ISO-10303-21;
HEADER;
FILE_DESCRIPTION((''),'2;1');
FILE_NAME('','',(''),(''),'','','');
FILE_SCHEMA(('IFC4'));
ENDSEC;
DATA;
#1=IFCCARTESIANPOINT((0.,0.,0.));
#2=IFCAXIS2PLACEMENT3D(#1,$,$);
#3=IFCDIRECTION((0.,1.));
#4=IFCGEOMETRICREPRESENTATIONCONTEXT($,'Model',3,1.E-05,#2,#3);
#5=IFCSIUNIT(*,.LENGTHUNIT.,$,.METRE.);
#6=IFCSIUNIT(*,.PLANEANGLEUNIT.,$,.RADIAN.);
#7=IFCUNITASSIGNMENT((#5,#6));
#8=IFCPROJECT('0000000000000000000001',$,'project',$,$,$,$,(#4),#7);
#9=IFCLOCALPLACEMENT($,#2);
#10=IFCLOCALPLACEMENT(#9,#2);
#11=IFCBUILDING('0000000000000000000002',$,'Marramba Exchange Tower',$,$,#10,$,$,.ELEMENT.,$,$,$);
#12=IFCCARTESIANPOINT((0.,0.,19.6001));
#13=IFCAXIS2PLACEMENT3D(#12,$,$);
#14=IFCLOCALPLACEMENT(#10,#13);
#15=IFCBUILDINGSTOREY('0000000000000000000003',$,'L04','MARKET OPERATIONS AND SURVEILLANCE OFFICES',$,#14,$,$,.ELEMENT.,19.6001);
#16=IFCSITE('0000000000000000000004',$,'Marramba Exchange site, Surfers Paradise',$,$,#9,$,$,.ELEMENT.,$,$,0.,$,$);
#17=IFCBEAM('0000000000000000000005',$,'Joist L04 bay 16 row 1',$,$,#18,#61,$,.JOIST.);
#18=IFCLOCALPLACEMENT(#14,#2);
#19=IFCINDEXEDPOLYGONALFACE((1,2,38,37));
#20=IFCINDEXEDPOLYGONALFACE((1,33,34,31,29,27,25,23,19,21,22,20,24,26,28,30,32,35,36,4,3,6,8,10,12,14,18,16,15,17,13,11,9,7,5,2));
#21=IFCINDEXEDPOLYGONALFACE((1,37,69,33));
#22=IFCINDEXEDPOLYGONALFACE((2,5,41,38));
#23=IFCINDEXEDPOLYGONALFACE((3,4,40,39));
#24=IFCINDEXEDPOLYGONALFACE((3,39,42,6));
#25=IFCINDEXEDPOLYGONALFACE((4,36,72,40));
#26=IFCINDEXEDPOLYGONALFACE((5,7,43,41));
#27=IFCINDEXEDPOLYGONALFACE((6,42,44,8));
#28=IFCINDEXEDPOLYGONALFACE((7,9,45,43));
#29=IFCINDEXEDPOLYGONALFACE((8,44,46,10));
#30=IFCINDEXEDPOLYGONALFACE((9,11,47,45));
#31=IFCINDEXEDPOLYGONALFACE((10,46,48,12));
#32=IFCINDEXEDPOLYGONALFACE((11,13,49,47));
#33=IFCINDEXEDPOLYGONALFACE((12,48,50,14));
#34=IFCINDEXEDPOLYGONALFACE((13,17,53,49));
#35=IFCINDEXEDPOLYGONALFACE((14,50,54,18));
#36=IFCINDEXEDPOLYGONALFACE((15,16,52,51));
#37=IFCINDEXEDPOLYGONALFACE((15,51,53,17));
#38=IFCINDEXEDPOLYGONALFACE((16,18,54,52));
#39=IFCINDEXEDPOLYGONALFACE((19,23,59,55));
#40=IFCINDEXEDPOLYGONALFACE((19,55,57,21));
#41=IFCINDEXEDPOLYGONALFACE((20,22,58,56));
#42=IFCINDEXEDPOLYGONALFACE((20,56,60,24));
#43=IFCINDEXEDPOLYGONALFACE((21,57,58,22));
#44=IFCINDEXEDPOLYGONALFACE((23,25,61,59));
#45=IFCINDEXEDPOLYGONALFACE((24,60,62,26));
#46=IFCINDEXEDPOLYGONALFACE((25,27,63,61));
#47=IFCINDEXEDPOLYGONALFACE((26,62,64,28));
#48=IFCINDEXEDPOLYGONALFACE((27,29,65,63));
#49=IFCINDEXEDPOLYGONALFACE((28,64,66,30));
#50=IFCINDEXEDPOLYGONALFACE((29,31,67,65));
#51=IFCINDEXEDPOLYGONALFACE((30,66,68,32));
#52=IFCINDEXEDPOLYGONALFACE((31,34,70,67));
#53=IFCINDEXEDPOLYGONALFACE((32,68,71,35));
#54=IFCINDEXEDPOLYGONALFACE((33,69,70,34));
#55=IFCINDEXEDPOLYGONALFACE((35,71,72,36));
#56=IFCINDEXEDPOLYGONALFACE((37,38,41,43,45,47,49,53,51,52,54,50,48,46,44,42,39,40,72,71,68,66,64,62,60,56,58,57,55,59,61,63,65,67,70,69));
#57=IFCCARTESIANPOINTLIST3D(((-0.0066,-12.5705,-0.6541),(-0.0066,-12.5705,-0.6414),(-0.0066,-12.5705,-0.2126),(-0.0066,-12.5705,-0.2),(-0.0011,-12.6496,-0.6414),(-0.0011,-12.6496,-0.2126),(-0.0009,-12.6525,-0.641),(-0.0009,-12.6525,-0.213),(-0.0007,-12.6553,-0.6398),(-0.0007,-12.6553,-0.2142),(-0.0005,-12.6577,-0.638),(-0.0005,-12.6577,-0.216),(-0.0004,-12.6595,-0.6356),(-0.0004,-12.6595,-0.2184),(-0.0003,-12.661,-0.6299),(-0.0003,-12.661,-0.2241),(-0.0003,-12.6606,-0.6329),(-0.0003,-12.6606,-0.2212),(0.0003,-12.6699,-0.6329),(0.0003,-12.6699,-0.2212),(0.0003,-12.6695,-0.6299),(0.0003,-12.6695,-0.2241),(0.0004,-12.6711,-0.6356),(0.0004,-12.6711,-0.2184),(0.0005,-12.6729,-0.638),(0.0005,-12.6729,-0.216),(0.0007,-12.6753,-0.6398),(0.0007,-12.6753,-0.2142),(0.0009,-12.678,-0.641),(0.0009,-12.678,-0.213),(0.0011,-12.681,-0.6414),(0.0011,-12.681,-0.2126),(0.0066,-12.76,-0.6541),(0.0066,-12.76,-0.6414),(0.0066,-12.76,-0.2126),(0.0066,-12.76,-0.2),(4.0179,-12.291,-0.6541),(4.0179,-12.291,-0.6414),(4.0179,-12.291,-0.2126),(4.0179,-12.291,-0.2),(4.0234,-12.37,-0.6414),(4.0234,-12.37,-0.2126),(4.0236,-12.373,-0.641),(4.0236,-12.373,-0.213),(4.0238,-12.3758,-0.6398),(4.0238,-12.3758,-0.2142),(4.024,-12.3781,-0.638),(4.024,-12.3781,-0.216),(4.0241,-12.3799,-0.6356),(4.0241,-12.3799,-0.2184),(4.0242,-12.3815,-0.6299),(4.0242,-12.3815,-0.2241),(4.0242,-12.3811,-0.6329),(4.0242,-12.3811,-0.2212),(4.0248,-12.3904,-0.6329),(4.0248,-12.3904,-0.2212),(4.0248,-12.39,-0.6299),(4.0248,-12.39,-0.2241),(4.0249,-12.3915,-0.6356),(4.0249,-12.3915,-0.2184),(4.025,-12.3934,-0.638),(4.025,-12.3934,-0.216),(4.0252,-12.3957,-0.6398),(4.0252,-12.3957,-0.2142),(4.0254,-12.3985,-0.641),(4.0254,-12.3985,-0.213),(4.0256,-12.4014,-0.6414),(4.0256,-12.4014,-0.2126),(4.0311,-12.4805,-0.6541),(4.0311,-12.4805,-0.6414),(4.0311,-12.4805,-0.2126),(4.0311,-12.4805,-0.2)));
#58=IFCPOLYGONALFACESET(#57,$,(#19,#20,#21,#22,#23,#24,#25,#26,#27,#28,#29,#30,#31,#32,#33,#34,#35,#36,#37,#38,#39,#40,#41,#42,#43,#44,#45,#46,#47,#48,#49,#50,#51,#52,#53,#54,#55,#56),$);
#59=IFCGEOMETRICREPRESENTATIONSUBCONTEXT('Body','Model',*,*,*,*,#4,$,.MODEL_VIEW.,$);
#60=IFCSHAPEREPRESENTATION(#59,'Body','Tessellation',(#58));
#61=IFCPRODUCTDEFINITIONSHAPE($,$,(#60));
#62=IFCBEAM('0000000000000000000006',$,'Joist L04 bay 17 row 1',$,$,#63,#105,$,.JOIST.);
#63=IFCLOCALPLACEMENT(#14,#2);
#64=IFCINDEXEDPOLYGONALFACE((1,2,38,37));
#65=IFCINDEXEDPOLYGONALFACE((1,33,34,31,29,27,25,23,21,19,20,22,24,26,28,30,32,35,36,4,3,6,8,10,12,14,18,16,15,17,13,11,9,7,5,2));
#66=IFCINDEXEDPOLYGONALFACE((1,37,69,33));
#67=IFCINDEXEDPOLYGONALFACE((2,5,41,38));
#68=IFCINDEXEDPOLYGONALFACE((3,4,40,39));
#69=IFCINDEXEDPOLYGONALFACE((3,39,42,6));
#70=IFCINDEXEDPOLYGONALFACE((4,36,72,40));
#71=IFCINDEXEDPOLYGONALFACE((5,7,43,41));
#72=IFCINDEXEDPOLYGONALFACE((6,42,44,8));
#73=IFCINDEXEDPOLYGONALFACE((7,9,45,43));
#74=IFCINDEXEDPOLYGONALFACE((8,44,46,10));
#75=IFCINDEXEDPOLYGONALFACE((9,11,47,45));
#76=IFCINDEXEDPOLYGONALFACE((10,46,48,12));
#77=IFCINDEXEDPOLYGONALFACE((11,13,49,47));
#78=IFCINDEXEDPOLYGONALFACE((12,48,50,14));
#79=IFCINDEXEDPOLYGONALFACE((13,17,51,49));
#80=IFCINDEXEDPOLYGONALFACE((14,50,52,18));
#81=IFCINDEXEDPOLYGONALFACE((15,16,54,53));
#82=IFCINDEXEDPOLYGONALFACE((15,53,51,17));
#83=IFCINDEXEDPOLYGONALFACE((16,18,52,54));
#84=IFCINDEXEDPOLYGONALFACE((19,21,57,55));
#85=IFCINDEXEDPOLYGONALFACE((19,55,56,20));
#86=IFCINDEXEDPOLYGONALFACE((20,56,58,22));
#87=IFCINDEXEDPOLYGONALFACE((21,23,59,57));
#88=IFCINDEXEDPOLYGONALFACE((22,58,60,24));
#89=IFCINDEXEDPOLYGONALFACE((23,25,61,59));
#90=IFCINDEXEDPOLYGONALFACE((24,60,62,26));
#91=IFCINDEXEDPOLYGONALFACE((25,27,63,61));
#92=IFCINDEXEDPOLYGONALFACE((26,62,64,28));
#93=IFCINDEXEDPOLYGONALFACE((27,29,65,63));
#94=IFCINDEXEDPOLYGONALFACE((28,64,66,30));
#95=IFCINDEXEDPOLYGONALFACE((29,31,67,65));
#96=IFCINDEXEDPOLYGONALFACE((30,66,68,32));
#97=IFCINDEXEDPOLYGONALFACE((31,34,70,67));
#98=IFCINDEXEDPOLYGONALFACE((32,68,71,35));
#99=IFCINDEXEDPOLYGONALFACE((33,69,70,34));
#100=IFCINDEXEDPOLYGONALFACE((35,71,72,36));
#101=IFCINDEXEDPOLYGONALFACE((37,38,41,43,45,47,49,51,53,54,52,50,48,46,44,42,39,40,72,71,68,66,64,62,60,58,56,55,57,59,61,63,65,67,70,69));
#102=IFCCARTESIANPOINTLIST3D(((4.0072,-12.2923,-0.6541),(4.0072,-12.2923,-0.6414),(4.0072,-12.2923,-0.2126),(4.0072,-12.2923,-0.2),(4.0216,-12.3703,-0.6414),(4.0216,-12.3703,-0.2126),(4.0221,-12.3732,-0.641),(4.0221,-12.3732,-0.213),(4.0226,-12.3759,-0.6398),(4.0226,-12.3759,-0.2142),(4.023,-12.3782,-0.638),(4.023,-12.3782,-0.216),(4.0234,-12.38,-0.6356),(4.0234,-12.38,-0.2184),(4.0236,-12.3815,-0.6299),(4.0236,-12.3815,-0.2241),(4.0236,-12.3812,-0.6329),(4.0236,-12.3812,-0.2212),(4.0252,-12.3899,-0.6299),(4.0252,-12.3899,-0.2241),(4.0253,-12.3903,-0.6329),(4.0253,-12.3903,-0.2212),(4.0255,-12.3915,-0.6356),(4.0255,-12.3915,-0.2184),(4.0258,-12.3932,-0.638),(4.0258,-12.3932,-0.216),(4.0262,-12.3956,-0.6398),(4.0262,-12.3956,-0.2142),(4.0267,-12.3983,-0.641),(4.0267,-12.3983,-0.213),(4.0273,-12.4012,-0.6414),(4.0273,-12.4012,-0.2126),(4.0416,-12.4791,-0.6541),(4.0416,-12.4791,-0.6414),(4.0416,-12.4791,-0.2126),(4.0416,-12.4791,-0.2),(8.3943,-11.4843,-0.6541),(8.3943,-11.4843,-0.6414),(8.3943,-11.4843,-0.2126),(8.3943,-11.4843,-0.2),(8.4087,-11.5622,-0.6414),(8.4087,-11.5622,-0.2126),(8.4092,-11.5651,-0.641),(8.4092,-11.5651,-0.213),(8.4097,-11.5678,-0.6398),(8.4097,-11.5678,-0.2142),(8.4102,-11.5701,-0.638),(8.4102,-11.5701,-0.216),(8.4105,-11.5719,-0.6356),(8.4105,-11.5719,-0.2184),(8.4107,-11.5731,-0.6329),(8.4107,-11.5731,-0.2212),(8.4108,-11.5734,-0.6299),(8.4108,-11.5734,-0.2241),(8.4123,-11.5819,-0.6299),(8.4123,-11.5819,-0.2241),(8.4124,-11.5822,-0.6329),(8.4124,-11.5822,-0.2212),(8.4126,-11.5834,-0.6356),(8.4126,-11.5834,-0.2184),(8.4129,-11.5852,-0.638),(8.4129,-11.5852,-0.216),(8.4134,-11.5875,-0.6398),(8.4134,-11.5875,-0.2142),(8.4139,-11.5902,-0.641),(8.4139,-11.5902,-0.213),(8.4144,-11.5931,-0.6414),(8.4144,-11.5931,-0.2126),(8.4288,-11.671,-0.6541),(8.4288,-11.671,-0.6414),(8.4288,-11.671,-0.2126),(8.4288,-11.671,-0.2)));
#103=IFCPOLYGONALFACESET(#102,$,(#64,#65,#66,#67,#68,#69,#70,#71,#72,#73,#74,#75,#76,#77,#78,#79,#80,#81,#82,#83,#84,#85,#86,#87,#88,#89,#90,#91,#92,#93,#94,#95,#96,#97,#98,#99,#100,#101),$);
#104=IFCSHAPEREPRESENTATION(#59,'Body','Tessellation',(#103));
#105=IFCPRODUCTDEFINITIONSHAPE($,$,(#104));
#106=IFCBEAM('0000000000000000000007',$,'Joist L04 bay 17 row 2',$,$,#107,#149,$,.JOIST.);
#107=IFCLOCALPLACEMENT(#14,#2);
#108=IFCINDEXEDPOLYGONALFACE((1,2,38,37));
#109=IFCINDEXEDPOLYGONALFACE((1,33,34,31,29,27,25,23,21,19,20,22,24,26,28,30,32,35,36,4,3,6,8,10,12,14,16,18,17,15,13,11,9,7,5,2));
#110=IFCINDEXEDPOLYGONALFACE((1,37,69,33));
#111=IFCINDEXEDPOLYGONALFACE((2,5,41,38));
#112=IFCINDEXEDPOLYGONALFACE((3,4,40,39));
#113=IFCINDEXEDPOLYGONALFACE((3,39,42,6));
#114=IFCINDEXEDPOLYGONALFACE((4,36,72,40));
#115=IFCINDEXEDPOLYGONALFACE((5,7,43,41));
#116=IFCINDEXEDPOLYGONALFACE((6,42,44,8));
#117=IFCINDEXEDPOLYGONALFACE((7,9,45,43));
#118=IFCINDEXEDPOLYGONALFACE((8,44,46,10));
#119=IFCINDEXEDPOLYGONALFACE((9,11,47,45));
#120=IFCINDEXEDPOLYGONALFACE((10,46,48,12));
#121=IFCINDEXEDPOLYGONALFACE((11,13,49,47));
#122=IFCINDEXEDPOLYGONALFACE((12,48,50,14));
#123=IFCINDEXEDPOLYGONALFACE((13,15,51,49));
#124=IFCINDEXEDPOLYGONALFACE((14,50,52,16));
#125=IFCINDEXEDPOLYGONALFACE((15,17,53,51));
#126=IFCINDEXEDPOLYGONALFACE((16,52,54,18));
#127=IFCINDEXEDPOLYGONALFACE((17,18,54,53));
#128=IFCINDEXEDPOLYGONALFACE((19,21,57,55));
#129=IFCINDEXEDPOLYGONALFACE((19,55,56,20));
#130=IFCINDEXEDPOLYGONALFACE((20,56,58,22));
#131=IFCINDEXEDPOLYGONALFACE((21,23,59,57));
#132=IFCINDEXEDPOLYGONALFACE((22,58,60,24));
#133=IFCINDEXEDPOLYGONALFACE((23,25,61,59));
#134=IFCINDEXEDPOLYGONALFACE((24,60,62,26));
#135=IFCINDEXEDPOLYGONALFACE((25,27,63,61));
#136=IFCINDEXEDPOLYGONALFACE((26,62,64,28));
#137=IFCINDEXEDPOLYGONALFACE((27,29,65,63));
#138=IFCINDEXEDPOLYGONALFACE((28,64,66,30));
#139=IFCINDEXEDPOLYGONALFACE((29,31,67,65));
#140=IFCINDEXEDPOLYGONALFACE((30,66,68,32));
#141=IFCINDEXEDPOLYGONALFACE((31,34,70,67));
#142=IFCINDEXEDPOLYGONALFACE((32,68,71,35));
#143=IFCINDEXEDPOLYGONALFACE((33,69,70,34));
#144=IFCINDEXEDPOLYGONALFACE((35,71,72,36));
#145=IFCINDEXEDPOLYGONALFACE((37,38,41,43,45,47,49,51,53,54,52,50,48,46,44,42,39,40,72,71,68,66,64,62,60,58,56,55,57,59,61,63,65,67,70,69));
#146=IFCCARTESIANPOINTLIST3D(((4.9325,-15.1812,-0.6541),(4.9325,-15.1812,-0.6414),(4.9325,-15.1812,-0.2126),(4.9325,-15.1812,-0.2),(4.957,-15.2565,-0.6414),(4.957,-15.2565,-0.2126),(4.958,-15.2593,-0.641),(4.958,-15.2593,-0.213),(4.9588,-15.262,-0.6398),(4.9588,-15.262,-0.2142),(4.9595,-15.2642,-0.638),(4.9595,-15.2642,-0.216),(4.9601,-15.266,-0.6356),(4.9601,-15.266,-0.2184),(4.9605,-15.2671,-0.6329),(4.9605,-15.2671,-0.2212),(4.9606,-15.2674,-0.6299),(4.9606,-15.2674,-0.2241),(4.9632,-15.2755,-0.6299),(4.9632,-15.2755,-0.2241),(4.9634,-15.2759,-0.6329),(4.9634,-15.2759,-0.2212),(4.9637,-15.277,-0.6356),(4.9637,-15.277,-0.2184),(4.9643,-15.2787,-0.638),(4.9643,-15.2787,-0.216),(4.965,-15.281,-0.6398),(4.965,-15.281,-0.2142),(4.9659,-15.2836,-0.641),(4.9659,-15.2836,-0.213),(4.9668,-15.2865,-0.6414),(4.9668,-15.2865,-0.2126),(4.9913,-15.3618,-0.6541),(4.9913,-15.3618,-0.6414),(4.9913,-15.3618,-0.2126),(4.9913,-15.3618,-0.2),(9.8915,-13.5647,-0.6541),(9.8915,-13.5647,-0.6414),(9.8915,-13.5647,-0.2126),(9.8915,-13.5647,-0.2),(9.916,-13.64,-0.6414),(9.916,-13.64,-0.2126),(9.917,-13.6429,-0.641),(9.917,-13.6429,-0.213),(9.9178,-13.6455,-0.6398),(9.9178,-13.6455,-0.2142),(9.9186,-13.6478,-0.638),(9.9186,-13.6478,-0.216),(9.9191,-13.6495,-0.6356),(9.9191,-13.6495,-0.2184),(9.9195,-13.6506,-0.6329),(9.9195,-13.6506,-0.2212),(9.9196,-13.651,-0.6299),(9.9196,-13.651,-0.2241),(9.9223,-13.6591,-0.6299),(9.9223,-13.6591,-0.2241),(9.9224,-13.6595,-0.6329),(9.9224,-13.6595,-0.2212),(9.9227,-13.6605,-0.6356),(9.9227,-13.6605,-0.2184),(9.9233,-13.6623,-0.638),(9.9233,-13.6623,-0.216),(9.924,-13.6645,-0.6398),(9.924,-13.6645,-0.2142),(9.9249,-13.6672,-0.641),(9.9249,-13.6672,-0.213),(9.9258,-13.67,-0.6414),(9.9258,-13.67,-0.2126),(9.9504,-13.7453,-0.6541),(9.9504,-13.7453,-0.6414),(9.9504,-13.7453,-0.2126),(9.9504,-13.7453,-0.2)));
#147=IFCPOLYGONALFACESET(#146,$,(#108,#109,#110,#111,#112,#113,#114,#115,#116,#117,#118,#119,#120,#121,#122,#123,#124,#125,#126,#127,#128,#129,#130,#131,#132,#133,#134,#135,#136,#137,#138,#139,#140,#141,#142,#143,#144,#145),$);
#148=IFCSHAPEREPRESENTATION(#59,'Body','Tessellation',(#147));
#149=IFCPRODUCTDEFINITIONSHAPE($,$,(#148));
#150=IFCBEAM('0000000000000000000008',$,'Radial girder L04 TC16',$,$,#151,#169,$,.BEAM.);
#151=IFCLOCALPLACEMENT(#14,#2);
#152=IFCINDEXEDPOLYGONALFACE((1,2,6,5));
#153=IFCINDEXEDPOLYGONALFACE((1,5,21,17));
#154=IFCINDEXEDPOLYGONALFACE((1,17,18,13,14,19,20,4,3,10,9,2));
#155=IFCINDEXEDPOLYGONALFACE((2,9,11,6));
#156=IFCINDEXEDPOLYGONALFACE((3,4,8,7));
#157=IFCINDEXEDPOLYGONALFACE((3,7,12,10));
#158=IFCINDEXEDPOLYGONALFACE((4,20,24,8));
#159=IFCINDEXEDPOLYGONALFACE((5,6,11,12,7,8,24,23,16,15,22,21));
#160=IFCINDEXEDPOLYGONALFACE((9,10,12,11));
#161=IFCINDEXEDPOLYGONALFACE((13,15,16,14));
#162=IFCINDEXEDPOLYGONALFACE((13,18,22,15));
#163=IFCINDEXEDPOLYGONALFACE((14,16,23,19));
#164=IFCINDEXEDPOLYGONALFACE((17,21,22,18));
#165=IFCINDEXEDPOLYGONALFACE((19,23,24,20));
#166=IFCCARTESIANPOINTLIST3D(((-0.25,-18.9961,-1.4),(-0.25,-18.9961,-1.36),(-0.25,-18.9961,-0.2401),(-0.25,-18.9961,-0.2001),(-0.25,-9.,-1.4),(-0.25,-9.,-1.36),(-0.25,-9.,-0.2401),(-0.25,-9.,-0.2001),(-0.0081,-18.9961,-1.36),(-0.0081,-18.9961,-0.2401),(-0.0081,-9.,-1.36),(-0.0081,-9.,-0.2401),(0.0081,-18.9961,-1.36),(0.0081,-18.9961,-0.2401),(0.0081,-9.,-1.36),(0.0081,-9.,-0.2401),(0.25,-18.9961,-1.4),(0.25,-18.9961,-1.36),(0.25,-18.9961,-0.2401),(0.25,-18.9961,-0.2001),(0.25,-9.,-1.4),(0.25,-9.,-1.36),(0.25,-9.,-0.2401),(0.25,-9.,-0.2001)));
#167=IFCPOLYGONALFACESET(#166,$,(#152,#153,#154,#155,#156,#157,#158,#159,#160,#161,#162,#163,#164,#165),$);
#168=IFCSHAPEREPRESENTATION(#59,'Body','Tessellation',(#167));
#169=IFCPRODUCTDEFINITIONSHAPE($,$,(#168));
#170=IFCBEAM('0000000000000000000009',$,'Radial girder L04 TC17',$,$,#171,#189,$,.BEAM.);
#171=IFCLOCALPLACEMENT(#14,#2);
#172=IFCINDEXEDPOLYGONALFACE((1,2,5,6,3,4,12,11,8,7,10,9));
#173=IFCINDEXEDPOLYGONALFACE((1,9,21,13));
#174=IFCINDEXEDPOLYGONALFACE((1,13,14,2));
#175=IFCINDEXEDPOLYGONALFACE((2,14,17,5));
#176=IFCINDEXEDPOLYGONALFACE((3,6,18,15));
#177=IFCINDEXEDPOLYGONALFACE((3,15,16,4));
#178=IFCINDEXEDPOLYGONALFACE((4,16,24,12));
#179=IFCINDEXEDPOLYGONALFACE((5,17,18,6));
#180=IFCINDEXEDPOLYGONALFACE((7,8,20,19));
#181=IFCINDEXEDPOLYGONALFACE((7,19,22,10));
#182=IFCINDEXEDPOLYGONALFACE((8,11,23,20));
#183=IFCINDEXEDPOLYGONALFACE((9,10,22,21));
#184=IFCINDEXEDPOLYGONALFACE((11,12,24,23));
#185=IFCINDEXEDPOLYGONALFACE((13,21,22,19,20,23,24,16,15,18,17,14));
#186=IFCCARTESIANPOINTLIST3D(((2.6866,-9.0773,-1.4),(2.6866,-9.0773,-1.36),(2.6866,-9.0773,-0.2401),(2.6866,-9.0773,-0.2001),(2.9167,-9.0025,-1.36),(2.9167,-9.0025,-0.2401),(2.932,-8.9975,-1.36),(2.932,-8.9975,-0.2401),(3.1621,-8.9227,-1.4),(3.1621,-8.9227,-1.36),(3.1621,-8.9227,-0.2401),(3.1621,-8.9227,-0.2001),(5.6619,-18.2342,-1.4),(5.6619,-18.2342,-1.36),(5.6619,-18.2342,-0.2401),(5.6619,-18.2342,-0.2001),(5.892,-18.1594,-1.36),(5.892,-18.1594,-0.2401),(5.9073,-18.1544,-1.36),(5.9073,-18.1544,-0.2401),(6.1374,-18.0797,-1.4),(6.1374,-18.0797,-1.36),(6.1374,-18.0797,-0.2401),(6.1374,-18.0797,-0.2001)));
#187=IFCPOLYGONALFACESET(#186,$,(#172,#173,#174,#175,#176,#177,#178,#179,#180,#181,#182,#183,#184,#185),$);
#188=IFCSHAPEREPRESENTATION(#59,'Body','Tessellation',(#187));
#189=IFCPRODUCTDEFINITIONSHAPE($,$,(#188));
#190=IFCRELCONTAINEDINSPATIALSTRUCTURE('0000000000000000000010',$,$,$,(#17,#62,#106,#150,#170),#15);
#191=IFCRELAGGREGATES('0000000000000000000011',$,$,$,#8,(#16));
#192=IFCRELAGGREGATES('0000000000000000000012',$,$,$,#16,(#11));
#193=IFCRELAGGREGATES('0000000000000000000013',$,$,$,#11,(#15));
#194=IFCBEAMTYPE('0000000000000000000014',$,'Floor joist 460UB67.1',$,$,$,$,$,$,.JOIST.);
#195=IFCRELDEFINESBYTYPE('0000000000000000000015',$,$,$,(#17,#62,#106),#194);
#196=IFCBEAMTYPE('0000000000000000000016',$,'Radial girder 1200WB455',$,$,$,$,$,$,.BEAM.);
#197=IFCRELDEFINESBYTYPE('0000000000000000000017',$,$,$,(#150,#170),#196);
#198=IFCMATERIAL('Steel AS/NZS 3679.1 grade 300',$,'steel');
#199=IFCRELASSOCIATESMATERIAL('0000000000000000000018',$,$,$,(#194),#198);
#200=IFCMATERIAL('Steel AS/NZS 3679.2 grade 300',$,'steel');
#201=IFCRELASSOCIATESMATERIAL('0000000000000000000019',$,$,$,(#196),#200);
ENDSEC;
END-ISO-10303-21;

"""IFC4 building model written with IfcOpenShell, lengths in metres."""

from ifc_helpers import new_model, si_unit, direction, frame, origin, origin_2d, place, context, subcontext, project, spatial, i_section, extrude, material, material_profile, profile_set, type_object, element, save


model = new_model("IFC4")

# Units and contexts
model_context = context("Model", 3, precision=1e-05, world=origin(), true_north=direction((0.0, 1.0)))
body_context = subcontext(model_context, "Body", "Model", "MODEL_VIEW")
ifc_project = project(units=[si_unit("LENGTHUNIT", "METRE"), si_unit("PLANEANGLEUNIT", "RADIAN")], contexts=[model_context])

# Site, building, storey
site_placement = place(None, origin())
site = spatial("IfcSite", under=ifc_project, at=site_placement, Name="Marramba Exchange site, Surfers Paradise", CompositionType="ELEMENT", RefElevation=0.0)
building_placement = place(site_placement, origin())
building = spatial("IfcBuilding", under=site, at=building_placement, Name="Marramba Exchange Tower", CompositionType="ELEMENT")
storey_placement = place(building_placement, frame((0.0, 0.0, 19.6001)))
storey = spatial("IfcBuildingStorey", under=building, at=storey_placement, Name="L04", Description="MARKET OPERATIONS AND SURVEILLANCE OFFICES", CompositionType="ELEMENT", Elevation=19.6001)

# Beams
ifc_material_1 = material(Name="Steel AS/NZS 3679.1 grade 300", Category="steel")
ifc_material_profile_1 = material_profile(ifc_material_1, i_section(OverallWidth=0.1899, OverallDepth=0.4541, WebThickness=0.0085, FlangeThickness=0.0127, FilletRadius=0.0115, at=origin_2d()), Name="460UB67.1")
ifc_profile_set_1 = profile_set([ifc_material_profile_1], Name="Steel AS/NZS 3679.1 grade 300")
beam_type_1 = type_object("IfcBeamType", Name="Floor joist 460UB67.1", PredefinedType="JOIST", material=ifc_profile_set_1)
beam_1_placement = place(storey_placement, frame((0.0, -12.6653, -0.427), z_axis=(0.997596, 0.069294, 0.0), x_axis=(-0.069294, 0.997596, 0.0)))
element("IfcBeam", 1, at=beam_1_placement, inside=storey, type_object=beam_type_1, Name="Joist L04 bay 16 row 1", PredefinedType="JOIST", context=body_context, shape_type="SweptSolid", body=[
    extrude(i_section(OverallWidth=0.1899, OverallDepth=0.4541, WebThickness=0.0085, FlangeThickness=0.0127, FilletRadius=0.0115, at=origin_2d()), origin(), (0.0, 0.0, 1.0), 4.0342),
])
beam_2_placement = place(storey_placement, frame((4.0244, -12.3857, -0.427), z_axis=(0.983456, 0.181149, 0.0), x_axis=(-0.181149, 0.983456, 0.0)))
element("IfcBeam", 2, at=beam_2_placement, inside=storey, type_object=beam_type_1, Name="Joist L04 bay 17 row 1", PredefinedType="JOIST", context=body_context, shape_type="SweptSolid", body=[
    extrude(i_section(OverallWidth=0.1899, OverallDepth=0.4541, WebThickness=0.0085, FlangeThickness=0.0127, FilletRadius=0.0115, at=origin_2d()), origin(), (0.0, 0.0, 1.0), 4.4609),
])
beam_3_placement = place(storey_placement, frame((4.9619, -15.2715, -0.427), z_axis=(0.950764, 0.309916, 0.0), x_axis=(-0.309916, 0.950764, 0.0)))
element("IfcBeam", 3, at=beam_3_placement, inside=storey, type_object=beam_type_1, Name="Joist L04 bay 17 row 2", PredefinedType="JOIST", context=body_context, shape_type="SweptSolid", body=[
    extrude(i_section(OverallWidth=0.1899, OverallDepth=0.4541, WebThickness=0.0085, FlangeThickness=0.0127, FilletRadius=0.0115, at=origin_2d()), origin(), (0.0, 0.0, 1.0), 5.2158),
])
ifc_material_2 = material(Name="Steel AS/NZS 3679.2 grade 300", Category="steel")
ifc_material_profile_2 = material_profile(ifc_material_2, i_section(OverallWidth=0.5, OverallDepth=1.2, WebThickness=0.0161, FlangeThickness=0.04, at=origin_2d()), Name="1200WB455")
ifc_profile_set_2 = profile_set([ifc_material_profile_2], Name="Steel AS/NZS 3679.2 grade 300")
beam_type_2 = type_object("IfcBeamType", Name="Radial girder 1200WB455", PredefinedType="BEAM", material=ifc_profile_set_2)
beam_4_placement = place(storey_placement, frame((0.0, -9.0, -0.8), z_axis=(0.0, -1.0, 0.0), x_axis=(1.0, 0.0, 0.0)))
element("IfcBeam", 4, at=beam_4_placement, inside=storey, type_object=beam_type_2, Name="Radial girder L04 TC16", PredefinedType="BEAM", context=body_context, shape_type="SweptSolid", body=[
    extrude(i_section(OverallWidth=0.5, OverallDepth=1.2, WebThickness=0.0161, FlangeThickness=0.04, at=origin_2d()), origin(), (0.0, 0.0, 1.0), 9.9961),
])
beam_5_placement = place(storey_placement, frame((2.9243, -9.0, -0.8), z_axis=(0.309022, -0.951055, 0.0), x_axis=(0.951055, 0.309022, 0.0)))
element("IfcBeam", 5, at=beam_5_placement, inside=storey, type_object=beam_type_2, Name="Radial girder L04 TC17", PredefinedType="BEAM", context=body_context, shape_type="SweptSolid", body=[
    extrude(i_section(OverallWidth=0.5, OverallDepth=1.2, WebThickness=0.0161, FlangeThickness=0.04, at=origin_2d()), origin(), (0.0, 0.0, 1.0), 9.6282),
])

save(model, "model.ifc")
